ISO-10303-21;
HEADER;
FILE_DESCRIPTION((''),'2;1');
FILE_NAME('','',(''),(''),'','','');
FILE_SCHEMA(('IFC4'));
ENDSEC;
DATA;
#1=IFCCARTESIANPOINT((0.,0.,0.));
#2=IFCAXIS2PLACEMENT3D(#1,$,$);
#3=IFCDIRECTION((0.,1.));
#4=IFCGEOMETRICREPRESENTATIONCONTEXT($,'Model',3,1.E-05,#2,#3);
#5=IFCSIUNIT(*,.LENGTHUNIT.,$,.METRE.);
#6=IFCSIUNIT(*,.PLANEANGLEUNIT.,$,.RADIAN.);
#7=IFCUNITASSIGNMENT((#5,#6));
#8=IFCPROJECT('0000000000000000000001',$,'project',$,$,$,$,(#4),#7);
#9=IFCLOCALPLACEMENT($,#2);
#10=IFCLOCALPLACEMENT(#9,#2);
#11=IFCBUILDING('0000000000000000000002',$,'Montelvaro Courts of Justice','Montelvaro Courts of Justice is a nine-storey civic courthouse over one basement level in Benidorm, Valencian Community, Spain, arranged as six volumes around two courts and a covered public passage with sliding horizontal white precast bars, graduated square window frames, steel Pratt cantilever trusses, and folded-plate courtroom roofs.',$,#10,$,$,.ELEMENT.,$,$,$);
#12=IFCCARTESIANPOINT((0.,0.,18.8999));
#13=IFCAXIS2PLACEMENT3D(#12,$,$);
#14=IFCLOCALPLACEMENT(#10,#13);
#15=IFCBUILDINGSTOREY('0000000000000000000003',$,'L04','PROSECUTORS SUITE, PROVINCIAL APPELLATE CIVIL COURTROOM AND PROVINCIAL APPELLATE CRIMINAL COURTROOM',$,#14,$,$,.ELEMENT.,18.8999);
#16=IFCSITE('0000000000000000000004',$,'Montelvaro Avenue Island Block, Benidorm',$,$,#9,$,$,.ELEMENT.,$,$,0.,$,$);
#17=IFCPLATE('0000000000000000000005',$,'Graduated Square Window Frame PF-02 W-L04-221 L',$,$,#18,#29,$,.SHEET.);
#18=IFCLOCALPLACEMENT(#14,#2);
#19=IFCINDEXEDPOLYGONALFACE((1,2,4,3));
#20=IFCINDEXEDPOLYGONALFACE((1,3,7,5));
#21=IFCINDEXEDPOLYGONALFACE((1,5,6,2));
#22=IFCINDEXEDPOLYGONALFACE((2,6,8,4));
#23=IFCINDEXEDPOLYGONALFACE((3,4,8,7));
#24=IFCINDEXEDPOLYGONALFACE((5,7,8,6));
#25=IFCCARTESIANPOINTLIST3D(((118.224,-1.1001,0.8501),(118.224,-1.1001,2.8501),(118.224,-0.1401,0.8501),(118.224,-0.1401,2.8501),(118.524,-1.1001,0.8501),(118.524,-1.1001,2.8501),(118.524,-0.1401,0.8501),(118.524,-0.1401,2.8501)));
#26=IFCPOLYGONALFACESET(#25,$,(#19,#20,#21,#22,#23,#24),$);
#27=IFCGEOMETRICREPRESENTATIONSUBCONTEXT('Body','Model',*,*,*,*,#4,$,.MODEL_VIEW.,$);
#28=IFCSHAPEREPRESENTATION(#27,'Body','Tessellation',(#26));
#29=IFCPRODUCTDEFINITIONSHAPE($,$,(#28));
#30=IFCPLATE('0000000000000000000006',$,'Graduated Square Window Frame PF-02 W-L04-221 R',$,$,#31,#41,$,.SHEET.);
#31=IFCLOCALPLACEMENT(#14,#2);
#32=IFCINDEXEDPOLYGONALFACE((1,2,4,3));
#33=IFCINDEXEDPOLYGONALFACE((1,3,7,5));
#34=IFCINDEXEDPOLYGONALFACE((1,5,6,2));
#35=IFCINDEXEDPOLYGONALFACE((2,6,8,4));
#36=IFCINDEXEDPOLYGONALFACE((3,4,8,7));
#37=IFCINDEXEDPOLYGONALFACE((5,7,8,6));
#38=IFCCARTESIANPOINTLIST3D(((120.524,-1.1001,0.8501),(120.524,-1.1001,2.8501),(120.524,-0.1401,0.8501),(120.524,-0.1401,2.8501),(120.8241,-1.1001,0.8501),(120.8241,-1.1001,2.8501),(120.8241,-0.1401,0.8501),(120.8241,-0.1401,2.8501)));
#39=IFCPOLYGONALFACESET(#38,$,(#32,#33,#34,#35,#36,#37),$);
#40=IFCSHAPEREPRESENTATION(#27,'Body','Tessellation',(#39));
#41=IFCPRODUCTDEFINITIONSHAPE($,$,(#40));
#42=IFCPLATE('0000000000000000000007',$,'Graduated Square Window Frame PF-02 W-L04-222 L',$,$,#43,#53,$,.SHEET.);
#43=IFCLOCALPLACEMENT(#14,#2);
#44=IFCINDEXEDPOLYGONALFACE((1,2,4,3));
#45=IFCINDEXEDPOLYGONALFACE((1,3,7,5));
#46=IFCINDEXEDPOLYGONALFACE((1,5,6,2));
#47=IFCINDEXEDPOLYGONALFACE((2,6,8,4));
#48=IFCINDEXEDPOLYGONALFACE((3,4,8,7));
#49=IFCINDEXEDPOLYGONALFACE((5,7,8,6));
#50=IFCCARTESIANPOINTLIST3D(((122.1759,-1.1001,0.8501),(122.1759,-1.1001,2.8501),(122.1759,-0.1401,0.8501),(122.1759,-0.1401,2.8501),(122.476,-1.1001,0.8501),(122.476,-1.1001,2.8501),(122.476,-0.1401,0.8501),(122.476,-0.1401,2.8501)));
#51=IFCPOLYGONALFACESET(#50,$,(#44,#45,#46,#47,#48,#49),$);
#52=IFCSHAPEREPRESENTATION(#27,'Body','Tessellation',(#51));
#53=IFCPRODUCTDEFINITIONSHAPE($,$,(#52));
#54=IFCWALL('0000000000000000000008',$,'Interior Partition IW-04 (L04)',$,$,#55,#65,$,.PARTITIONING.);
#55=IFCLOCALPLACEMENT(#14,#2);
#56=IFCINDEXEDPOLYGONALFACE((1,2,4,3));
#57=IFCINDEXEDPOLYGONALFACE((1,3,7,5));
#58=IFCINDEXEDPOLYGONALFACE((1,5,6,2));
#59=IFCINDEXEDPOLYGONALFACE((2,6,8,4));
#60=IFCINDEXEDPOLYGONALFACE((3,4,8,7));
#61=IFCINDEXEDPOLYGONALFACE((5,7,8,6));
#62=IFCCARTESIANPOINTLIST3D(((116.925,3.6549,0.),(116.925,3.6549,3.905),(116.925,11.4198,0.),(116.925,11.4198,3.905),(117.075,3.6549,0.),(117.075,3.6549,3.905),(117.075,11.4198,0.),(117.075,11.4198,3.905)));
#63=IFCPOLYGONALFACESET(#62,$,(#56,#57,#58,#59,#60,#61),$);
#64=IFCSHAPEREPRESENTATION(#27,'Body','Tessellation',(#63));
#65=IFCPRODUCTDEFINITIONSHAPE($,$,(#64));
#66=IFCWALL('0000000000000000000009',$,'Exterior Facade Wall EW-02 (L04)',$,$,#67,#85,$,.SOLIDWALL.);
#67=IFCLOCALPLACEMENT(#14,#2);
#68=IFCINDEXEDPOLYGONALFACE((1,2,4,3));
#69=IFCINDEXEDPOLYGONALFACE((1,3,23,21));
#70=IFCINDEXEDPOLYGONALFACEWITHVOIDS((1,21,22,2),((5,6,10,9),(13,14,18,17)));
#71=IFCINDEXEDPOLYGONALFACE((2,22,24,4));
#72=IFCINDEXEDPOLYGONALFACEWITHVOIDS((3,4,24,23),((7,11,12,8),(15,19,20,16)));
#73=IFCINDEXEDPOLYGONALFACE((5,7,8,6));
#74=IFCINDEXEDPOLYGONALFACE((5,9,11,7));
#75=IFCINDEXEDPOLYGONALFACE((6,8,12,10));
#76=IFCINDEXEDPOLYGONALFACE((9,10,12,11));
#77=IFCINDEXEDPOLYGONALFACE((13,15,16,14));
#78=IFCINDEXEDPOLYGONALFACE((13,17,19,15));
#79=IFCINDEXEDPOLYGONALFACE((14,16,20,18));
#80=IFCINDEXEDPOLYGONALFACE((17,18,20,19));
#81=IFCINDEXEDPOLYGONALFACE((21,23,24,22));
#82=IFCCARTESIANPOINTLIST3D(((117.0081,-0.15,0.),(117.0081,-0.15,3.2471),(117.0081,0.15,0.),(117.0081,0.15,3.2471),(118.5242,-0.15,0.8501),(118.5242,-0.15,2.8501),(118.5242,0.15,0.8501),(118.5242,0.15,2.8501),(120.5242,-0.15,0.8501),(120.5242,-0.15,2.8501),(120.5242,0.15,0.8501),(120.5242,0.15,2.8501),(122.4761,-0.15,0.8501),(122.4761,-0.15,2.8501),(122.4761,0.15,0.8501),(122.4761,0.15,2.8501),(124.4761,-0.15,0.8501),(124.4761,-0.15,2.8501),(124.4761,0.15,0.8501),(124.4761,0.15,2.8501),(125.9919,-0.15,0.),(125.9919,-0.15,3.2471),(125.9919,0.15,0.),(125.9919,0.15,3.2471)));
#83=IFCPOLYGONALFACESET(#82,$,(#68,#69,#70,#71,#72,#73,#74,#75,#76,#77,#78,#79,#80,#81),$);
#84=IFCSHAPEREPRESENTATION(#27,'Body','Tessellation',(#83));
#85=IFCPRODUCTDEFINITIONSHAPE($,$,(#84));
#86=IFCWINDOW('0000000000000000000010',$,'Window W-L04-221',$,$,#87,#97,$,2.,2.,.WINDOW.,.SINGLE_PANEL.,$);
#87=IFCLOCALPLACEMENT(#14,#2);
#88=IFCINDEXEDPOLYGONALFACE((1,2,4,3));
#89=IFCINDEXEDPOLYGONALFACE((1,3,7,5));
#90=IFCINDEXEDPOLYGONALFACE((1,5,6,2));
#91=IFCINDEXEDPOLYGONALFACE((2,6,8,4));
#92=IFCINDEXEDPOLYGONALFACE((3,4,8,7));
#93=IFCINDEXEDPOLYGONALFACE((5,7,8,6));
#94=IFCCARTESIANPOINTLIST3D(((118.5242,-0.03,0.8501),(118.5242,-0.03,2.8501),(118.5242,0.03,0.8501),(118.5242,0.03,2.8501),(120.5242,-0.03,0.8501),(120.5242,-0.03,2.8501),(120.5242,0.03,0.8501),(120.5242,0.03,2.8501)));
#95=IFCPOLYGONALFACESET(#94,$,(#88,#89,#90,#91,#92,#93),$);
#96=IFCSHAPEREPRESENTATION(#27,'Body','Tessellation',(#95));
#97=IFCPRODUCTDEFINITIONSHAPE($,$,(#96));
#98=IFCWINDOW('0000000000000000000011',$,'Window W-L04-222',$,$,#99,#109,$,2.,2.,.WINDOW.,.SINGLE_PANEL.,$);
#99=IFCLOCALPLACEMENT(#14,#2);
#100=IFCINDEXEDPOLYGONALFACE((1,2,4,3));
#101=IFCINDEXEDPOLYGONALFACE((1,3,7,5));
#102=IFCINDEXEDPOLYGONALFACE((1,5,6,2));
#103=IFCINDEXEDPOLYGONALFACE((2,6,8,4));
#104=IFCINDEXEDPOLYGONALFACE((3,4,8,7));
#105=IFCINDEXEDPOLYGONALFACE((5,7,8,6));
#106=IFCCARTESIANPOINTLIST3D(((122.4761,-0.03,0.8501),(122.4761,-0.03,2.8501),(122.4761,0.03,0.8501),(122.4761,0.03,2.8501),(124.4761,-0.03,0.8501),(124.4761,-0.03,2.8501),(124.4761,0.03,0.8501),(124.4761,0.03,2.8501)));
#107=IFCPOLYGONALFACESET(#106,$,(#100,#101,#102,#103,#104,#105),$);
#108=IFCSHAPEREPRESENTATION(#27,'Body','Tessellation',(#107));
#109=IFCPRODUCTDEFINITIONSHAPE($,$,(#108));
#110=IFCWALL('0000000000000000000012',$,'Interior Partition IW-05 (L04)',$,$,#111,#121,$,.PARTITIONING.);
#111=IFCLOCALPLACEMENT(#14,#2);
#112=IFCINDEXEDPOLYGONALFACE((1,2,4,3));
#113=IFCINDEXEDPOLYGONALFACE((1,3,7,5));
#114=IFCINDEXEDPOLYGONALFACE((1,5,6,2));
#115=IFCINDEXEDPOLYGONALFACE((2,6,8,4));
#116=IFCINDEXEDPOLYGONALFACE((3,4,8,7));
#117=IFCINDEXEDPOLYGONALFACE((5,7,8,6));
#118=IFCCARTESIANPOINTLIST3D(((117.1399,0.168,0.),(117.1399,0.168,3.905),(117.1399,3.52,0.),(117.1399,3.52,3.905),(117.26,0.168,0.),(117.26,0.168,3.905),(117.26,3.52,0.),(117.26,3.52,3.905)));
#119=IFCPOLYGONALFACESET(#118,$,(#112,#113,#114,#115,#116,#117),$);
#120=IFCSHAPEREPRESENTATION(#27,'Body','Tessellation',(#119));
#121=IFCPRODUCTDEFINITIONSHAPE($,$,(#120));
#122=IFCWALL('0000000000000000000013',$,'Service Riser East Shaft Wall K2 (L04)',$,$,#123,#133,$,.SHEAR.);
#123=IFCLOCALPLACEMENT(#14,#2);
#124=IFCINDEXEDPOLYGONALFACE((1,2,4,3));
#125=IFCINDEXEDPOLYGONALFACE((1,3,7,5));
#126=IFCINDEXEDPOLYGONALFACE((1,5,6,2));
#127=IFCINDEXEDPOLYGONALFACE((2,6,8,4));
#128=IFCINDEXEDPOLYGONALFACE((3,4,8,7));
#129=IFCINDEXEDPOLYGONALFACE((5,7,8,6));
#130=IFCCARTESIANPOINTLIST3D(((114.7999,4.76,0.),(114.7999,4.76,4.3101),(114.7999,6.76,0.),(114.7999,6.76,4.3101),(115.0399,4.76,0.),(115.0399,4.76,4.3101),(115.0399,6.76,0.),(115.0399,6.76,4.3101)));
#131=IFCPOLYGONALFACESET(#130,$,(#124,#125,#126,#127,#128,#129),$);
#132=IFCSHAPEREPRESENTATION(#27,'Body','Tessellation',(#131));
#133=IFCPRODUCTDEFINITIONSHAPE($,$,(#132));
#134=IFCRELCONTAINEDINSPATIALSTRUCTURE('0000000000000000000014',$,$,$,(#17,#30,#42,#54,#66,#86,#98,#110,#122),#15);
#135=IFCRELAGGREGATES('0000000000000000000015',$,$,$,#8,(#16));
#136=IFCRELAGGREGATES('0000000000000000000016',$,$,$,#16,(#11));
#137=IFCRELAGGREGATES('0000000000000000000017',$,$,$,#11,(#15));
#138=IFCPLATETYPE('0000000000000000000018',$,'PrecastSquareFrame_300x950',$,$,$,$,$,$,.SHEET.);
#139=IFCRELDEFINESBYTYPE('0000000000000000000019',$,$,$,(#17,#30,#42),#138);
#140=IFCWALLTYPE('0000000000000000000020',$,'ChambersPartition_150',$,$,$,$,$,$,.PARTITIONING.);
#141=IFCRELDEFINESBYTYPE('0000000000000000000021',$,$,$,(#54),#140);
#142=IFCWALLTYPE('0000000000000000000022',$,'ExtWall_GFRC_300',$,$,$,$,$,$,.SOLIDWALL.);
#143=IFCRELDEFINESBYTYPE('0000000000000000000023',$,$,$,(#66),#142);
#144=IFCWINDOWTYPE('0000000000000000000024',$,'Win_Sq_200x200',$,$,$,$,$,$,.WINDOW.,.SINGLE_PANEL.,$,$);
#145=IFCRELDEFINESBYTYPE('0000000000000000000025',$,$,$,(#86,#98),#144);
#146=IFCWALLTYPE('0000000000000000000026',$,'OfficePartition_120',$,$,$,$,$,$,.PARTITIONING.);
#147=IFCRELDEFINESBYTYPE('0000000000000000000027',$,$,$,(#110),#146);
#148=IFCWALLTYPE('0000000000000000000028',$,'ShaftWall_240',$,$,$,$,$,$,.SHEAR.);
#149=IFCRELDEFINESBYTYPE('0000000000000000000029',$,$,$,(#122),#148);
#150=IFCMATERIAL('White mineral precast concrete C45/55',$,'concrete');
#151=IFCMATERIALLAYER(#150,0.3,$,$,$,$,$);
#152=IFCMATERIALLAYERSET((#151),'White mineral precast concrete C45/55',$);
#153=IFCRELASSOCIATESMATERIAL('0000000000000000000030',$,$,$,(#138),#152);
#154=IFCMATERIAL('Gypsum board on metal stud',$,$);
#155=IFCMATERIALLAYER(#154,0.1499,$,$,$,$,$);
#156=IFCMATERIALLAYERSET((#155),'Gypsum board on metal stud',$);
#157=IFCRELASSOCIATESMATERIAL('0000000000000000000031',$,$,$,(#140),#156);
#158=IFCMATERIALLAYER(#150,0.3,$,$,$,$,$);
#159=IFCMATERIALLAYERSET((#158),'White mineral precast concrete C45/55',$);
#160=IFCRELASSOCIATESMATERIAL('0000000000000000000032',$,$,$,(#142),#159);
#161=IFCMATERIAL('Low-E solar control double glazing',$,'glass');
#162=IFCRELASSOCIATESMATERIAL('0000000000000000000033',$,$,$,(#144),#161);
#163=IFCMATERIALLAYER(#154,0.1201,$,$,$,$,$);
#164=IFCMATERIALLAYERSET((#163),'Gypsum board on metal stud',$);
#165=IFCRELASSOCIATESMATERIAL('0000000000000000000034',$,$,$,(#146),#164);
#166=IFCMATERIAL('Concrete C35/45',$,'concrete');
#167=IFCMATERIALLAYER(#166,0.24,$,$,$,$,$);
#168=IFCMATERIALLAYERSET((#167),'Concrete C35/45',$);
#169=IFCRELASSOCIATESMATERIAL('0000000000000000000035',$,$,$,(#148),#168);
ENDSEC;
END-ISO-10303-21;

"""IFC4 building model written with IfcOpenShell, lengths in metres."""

from ifc_helpers import new_model, si_unit, direction, frame, frame_2d, origin, origin_2d, place, context, subcontext, project, spatial, rectangle, extrude, material, layer, layer_set, type_object, element, fill, save


model = new_model("IFC4")

# Units and contexts
model_context = context("Model", 3, precision=1e-05, world=origin(), true_north=direction((0.0, 1.0)))
body_context = subcontext(model_context, "Body", "Model", "MODEL_VIEW")
ifc_project = project(units=[si_unit("LENGTHUNIT", "METRE"), si_unit("PLANEANGLEUNIT", "RADIAN")], contexts=[model_context])

# Site, building, storey
site_placement = place(None, origin())
site = spatial("IfcSite", under=ifc_project, at=site_placement, Name="Montelvaro Avenue Island Block, Benidorm", CompositionType="ELEMENT", RefElevation=0.0)
building_placement = place(site_placement, origin())
building = spatial("IfcBuilding", under=site, at=building_placement, Name="Montelvaro Courts of Justice", Description="Montelvaro Courts of Justice is a nine-storey civic courthouse over one basement level in Benidorm, Valencian Community, Spain, arranged as six volumes around two courts and a covered public passage with sliding horizontal white precast bars, graduated square window frames, steel Pratt cantilever trusses, and folded-plate courtroom roofs.", CompositionType="ELEMENT")
storey_placement = place(building_placement, frame((0.0, 0.0, 18.8999)))
storey = spatial("IfcBuildingStorey", under=building, at=storey_placement, Name="L04", Description="PROSECUTORS SUITE, PROVINCIAL APPELLATE CIVIL COURTROOM AND PROVINCIAL APPELLATE CRIMINAL COURTROOM", CompositionType="ELEMENT", Elevation=18.8999)

# Plates
ifc_material_1 = material(Name="White mineral precast concrete C45/55", Category="concrete")
ifc_layer_1 = layer(ifc_material_1, 0.3)
ifc_layer_set_1 = layer_set([ifc_layer_1], Name="White mineral precast concrete C45/55")
plate_type = type_object("IfcPlateType", Name="PrecastSquareFrame_300x950", PredefinedType="SHEET", material=ifc_layer_set_1)
for number, where, z_axis, x_axis, name in (
    (1, (118.374, -0.6201, 0.8501), (0.0, 0.0, 1.0), (1.0, 0.0, 0.0), "Graduated Square Window Frame PF-02 W-L04-221 L"),
    (2, (120.6741, -0.6201, 0.8501), (0.0, 0.0, 1.0), (1.0, 0.0, 0.0), "Graduated Square Window Frame PF-02 W-L04-221 R"),
    (3, (122.3259, -0.6201, 0.8501), (0.0, 0.0, 1.0), (1.0, 0.0, 0.0), "Graduated Square Window Frame PF-02 W-L04-222 L"),
):
    element("IfcPlate", number, at=place(storey_placement, frame(where, z_axis=z_axis, x_axis=x_axis)), inside=storey, type_object=plate_type, Name=name, PredefinedType="SHEET", context=body_context, shape_type="SweptSolid", body=[
        extrude(rectangle(XDim=0.3, YDim=0.96, at=origin_2d()), origin(), (0.0, 0.0, 1.0), 2.0),
    ])

# Wall
ifc_material_2 = material(Name="Gypsum board on metal stud")
ifc_layer_2 = layer(ifc_material_2, 0.1499)
ifc_layer_set_2 = layer_set([ifc_layer_2], Name="Gypsum board on metal stud")
wall_type_1 = type_object("IfcWallType", Name="ChambersPartition_150", PredefinedType="PARTITIONING", material=ifc_layer_set_2)
wall_1_placement = place(storey_placement, frame((117.0, 3.655, 0.0), z_axis=(0.0, 0.0, 1.0), x_axis=(0.0, 1.0, 0.0)))
element("IfcWall", 4, at=wall_1_placement, inside=storey, type_object=wall_type_1, Name="Interior Partition IW-04 (L04)", PredefinedType="PARTITIONING", context=body_context, shape_type="SweptSolid", body=[
    extrude(rectangle(XDim=7.7649, YDim=0.1499, at=frame_2d((3.8823, 0.0))), origin(), (0.0, 0.0, 1.0), 3.905),
])

# Wall, openings, windows
ifc_layer_3 = layer(ifc_material_1, 0.3)
ifc_layer_set_3 = layer_set([ifc_layer_3], Name="White mineral precast concrete C45/55")
wall_type_2 = type_object("IfcWallType", Name="ExtWall_GFRC_300", PredefinedType="SOLIDWALL", material=ifc_layer_set_3)
wall_2_placement = place(storey_placement, frame((117.0081, 0.0, 0.0), z_axis=(0.0, 0.0, 1.0), x_axis=(1.0, 0.0, 0.0)))
wall_2 = element("IfcWall", 5, at=wall_2_placement, inside=storey, type_object=wall_type_2, Name="Exterior Facade Wall EW-02 (L04)", PredefinedType="SOLIDWALL", context=body_context, shape_type="SweptSolid", body=[
    extrude(rectangle(XDim=8.9839, YDim=0.3, at=frame_2d((4.4919, 0.0))), origin(), (0.0, 0.0, 1.0), 3.2471),
])
opening_1_placement = place(wall_2_placement, frame((1.5161, 0.0, 0.8501)))
opening_1 = element("IfcOpeningElement", 6, at=opening_1_placement, cuts=wall_2, PredefinedType="OPENING", context=body_context, shape_type="SweptSolid", body=[
    extrude(rectangle(XDim=2.0, YDim=2.0, at=frame_2d((1.0, 1.0))), frame((0.0, 0.165, 0.0), z_axis=(0.0, -1.0, 0.0), x_axis=(1.0, 0.0, 0.0)), (0.0, 0.0, 1.0), 0.3298),
])
opening_2_placement = place(wall_2_placement, frame((5.468, 0.0, 0.8501)))
opening_2 = element("IfcOpeningElement", 7, at=opening_2_placement, cuts=wall_2, PredefinedType="OPENING", context=body_context, shape_type="SweptSolid", body=[
    extrude(rectangle(XDim=2.0, YDim=2.0, at=frame_2d((1.0, 1.0))), frame((0.0, 0.165, 0.0), z_axis=(0.0, -1.0, 0.0), x_axis=(1.0, 0.0, 0.0)), (0.0, 0.0, 1.0), 0.3298),
])
ifc_material_3 = material(Name="Low-E solar control double glazing", Category="glass")
window_type = type_object("IfcWindowType", Name="Win_Sq_200x200", PartitioningType="SINGLE_PANEL", PredefinedType="WINDOW", material=ifc_material_3)
window_1_placement = place(opening_1_placement, origin())
window_1 = element("IfcWindow", 8, at=window_1_placement, inside=storey, type_object=window_type, Name="Window W-L04-221", OverallHeight=2.0, OverallWidth=2.0, PartitioningType="SINGLE_PANEL", PredefinedType="WINDOW", context=body_context, shape_type="SweptSolid", body=[
    extrude(rectangle(XDim=2.0, YDim=2.0, at=frame_2d((1.0, 1.0))), frame((0.0, 0.03, 0.0), z_axis=(0.0, -1.0, 0.0), x_axis=(1.0, 0.0, 0.0)), (0.0, 0.0, 1.0), 0.0601),
])
fill(opening_1, window_1)
window_2_placement = place(opening_2_placement, origin())
window_2 = element("IfcWindow", 9, at=window_2_placement, inside=storey, type_object=window_type, Name="Window W-L04-222", OverallHeight=2.0, OverallWidth=2.0, PartitioningType="SINGLE_PANEL", PredefinedType="WINDOW", context=body_context, shape_type="SweptSolid", body=[
    extrude(rectangle(XDim=2.0, YDim=2.0, at=frame_2d((1.0, 1.0))), frame((0.0, 0.03, 0.0), z_axis=(0.0, -1.0, 0.0), x_axis=(1.0, 0.0, 0.0)), (0.0, 0.0, 1.0), 0.0601),
])
fill(opening_2, window_2)

# Walls
ifc_layer_4 = layer(ifc_material_2, 0.1201)
ifc_layer_set_4 = layer_set([ifc_layer_4], Name="Gypsum board on metal stud")
wall_type_3 = type_object("IfcWallType", Name="OfficePartition_120", PredefinedType="PARTITIONING", material=ifc_layer_set_4)
wall_3_placement = place(storey_placement, frame((117.2, 3.52, 0.0), z_axis=(0.0, 0.0, 1.0), x_axis=(0.0, -1.0, 0.0)))
element("IfcWall", 10, at=wall_3_placement, inside=storey, type_object=wall_type_3, Name="Interior Partition IW-05 (L04)", PredefinedType="PARTITIONING", context=body_context, shape_type="SweptSolid", body=[
    extrude(rectangle(XDim=3.3521, YDim=0.1201, at=frame_2d((1.676, 0.0))), origin(), (0.0, 0.0, 1.0), 3.905),
])
ifc_material_4 = material(Name="Concrete C35/45", Category="concrete")
ifc_layer_5 = layer(ifc_material_4, 0.24)
ifc_layer_set_5 = layer_set([ifc_layer_5], Name="Concrete C35/45")
wall_type_4 = type_object("IfcWallType", Name="ShaftWall_240", PredefinedType="SHEAR", material=ifc_layer_set_5)
wall_4_placement = place(storey_placement, frame((114.9199, 4.76, 0.0), z_axis=(0.0, 0.0, 1.0), x_axis=(0.0, 1.0, 0.0)))
element("IfcWall", 11, at=wall_4_placement, inside=storey, type_object=wall_type_4, Name="Service Riser East Shaft Wall K2 (L04)", PredefinedType="SHEAR", context=body_context, shape_type="SweptSolid", body=[
    extrude(rectangle(XDim=2.0, YDim=0.24, at=frame_2d((1.0, 0.0))), origin(), (0.0, 0.0, 1.0), 4.3101),
])

save(model, "model.ifc")
